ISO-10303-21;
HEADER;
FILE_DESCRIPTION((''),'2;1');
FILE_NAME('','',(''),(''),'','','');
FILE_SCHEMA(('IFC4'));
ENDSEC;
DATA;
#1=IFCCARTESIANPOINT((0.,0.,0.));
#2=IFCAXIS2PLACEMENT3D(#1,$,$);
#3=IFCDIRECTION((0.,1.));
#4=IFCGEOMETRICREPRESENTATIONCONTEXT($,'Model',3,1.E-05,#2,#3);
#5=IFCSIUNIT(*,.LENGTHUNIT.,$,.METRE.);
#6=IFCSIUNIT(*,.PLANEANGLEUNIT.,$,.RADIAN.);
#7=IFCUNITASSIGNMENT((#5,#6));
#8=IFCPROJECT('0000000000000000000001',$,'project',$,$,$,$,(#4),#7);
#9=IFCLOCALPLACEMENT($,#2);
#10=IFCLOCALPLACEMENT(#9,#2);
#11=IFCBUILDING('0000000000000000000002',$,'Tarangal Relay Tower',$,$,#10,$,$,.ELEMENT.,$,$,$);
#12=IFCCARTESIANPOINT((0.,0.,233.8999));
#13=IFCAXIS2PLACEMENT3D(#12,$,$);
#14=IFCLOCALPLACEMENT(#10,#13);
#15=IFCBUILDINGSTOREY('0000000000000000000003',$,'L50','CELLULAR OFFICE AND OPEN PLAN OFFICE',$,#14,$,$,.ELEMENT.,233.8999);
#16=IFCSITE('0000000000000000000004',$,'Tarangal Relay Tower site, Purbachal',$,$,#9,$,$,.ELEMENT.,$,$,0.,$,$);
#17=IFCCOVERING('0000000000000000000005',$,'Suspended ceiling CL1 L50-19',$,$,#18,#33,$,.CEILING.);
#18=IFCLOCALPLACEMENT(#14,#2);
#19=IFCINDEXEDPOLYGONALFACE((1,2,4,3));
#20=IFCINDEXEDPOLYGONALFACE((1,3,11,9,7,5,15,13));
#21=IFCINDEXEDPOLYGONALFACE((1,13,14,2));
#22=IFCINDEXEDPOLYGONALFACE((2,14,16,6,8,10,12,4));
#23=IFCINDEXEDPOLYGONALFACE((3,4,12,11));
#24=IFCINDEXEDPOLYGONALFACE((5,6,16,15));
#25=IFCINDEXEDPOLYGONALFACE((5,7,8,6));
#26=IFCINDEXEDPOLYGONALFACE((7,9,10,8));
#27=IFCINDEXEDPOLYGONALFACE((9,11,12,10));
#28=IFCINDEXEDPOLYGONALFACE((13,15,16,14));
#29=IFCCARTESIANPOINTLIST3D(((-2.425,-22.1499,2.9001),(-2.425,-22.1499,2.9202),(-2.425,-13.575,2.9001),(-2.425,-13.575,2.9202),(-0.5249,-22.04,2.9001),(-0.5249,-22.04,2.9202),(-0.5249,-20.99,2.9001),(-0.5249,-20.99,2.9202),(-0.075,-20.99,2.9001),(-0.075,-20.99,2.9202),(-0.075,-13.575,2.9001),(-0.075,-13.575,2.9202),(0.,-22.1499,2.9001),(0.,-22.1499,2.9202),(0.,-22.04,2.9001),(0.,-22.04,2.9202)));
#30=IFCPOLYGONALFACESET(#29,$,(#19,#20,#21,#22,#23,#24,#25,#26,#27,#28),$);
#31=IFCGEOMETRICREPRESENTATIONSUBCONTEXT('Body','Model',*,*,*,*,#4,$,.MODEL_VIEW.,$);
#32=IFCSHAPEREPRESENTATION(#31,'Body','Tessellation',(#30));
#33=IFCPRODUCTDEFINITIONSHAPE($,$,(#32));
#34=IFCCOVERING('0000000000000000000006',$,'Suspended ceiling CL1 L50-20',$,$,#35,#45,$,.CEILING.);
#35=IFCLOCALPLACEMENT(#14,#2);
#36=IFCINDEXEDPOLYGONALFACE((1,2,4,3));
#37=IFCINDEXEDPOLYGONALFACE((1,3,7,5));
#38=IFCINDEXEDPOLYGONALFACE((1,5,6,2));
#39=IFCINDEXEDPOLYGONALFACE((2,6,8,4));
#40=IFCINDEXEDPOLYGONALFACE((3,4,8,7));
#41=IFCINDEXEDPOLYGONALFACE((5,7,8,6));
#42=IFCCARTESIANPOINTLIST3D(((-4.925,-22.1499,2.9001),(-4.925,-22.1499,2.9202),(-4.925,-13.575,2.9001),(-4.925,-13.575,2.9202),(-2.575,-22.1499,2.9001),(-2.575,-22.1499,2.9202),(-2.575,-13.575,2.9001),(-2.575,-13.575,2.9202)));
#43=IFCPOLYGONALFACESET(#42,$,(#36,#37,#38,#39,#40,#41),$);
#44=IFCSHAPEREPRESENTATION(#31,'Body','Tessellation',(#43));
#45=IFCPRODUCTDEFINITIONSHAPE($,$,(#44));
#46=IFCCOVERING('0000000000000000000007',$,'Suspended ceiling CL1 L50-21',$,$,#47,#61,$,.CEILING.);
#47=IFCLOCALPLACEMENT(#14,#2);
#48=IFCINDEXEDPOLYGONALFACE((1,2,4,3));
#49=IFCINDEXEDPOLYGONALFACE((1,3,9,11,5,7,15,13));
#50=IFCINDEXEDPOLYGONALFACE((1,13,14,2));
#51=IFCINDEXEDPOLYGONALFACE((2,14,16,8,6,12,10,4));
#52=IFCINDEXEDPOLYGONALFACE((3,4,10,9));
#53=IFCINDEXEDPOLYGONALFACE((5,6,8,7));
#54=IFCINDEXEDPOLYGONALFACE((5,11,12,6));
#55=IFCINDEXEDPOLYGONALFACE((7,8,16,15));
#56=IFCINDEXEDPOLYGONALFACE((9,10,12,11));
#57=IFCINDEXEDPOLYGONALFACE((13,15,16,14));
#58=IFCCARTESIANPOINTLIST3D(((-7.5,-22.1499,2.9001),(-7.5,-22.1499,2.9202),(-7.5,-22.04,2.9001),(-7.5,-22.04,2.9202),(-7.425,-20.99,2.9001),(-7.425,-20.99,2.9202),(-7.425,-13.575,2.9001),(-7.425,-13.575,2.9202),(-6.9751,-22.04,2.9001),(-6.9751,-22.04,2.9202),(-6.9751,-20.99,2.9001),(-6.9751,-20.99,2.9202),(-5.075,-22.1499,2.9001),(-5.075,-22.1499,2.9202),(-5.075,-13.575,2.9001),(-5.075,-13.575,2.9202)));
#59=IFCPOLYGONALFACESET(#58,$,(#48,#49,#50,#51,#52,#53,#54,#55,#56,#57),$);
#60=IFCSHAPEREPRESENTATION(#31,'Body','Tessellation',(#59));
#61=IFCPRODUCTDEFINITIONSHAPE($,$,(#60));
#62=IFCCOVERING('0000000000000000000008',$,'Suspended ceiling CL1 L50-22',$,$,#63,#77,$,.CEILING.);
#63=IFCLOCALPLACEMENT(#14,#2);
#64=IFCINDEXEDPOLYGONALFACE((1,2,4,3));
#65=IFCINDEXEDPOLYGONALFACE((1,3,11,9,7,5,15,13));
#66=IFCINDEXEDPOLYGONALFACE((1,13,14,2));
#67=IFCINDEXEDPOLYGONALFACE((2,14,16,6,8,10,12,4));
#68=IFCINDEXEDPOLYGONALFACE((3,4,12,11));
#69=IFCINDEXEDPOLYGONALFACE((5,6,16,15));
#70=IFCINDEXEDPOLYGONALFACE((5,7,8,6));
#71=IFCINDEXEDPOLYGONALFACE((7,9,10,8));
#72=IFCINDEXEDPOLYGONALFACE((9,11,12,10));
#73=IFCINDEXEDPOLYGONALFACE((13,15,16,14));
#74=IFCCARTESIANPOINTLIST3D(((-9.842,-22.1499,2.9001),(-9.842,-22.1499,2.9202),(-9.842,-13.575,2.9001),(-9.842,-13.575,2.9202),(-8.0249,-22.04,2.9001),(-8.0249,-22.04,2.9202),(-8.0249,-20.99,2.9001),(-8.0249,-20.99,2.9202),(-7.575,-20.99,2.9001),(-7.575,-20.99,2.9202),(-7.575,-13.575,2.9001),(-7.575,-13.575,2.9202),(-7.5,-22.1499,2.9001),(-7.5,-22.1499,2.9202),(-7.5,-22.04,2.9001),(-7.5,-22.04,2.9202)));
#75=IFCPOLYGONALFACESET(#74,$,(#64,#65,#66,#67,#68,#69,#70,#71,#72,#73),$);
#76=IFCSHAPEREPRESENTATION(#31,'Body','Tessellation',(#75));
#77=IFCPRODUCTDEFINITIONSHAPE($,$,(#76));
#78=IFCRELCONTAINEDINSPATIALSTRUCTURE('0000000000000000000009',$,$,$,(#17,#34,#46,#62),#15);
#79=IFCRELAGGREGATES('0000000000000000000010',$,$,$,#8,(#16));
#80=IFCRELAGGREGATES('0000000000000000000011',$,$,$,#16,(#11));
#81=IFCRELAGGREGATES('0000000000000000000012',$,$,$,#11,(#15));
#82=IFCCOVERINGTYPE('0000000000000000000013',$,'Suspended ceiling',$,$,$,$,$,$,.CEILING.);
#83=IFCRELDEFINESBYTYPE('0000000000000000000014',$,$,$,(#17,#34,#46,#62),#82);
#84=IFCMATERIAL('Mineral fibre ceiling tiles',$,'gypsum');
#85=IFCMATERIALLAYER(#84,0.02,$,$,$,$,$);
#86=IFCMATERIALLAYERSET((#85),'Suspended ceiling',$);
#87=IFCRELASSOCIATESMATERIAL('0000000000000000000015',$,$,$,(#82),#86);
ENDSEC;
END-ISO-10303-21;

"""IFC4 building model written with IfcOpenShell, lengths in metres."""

from ifc_helpers import new_model, si_unit, direction, frame, origin, place, context, subcontext, project, spatial, polyline, outline, extrude, material, layer, layer_set, type_object, element, save


model = new_model("IFC4")

# Units and contexts
model_context = context("Model", 3, precision=1e-05, world=origin(), true_north=direction((0.0, 1.0)))
body_context = subcontext(model_context, "Body", "Model", "MODEL_VIEW")
ifc_project = project(units=[si_unit("LENGTHUNIT", "METRE"), si_unit("PLANEANGLEUNIT", "RADIAN")], contexts=[model_context])

# Site, building, storey
site_placement = place(None, origin())
site = spatial("IfcSite", under=ifc_project, at=site_placement, Name="Tarangal Relay Tower site, Purbachal", CompositionType="ELEMENT", RefElevation=0.0)
building_placement = place(site_placement, origin())
building = spatial("IfcBuilding", under=site, at=building_placement, Name="Tarangal Relay Tower", CompositionType="ELEMENT")
storey_placement = place(building_placement, frame((0.0, 0.0, 233.8999)))
storey = spatial("IfcBuildingStorey", under=building, at=storey_placement, Name="L50", Description="CELLULAR OFFICE AND OPEN PLAN OFFICE", CompositionType="ELEMENT", Elevation=233.8999)

# Coverings
ifc_material_1 = material(Name="Mineral fibre ceiling tiles", Category="gypsum")
ifc_layer_1 = layer(ifc_material_1, 0.02)
ifc_layer_set_1 = layer_set([ifc_layer_1], Name="Suspended ceiling")
covering_type_1 = type_object("IfcCoveringType", Name="Suspended ceiling", PredefinedType="CEILING", material=ifc_layer_set_1)
covering_1_placement = place(storey_placement, frame((0.0, 0.0, 2.9001)))
element("IfcCovering", 1, at=covering_1_placement, inside=storey, type_object=covering_type_1, Name="Suspended ceiling CL1 L50-19", PredefinedType="CEILING", context=body_context, shape_type="SweptSolid", body=[
    extrude(outline(polyline([(-2.425, -22.1499), (0.0, -22.1499), (0.0, -22.04), (-0.5249, -22.04), (-0.5249, -20.99), (-0.075, -20.99), (-0.075, -13.575), (-2.425, -13.575), (-2.425, -22.1499)])), origin(), (0.0, 0.0, 1.0), 0.02),
])
covering_2_placement = place(storey_placement, frame((0.0, 0.0, 2.9001)))
element("IfcCovering", 2, at=covering_2_placement, inside=storey, type_object=covering_type_1, Name="Suspended ceiling CL1 L50-20", PredefinedType="CEILING", context=body_context, shape_type="SweptSolid", body=[
    extrude(outline(polyline([(-2.575, -22.1499), (-2.575, -13.575), (-4.925, -13.575), (-4.925, -22.1499), (-2.575, -22.1499)])), origin(), (0.0, 0.0, 1.0), 0.02),
])
covering_3_placement = place(storey_placement, frame((0.0, 0.0, 2.9001)))
element("IfcCovering", 3, at=covering_3_placement, inside=storey, type_object=covering_type_1, Name="Suspended ceiling CL1 L50-21", PredefinedType="CEILING", context=body_context, shape_type="SweptSolid", body=[
    extrude(outline(polyline([(-7.5, -22.1499), (-5.075, -22.1499), (-5.075, -13.575), (-7.425, -13.575), (-7.425, -20.99), (-6.9751, -20.99), (-6.9751, -22.04), (-7.5, -22.04), (-7.5, -22.1499)])), origin(), (0.0, 0.0, 1.0), 0.02),
])
covering_4_placement = place(storey_placement, frame((0.0, 0.0, 2.9001)))
element("IfcCovering", 4, at=covering_4_placement, inside=storey, type_object=covering_type_1, Name="Suspended ceiling CL1 L50-22", PredefinedType="CEILING", context=body_context, shape_type="SweptSolid", body=[
    extrude(outline(polyline([(-9.842, -22.1499), (-7.5, -22.1499), (-7.5, -22.04), (-8.0249, -22.04), (-8.0249, -20.99), (-7.575, -20.99), (-7.575, -13.575), (-9.842, -13.575), (-9.842, -22.1499)])), origin(), (0.0, 0.0, 1.0), 0.02),
])

save(model, "model.ifc")
